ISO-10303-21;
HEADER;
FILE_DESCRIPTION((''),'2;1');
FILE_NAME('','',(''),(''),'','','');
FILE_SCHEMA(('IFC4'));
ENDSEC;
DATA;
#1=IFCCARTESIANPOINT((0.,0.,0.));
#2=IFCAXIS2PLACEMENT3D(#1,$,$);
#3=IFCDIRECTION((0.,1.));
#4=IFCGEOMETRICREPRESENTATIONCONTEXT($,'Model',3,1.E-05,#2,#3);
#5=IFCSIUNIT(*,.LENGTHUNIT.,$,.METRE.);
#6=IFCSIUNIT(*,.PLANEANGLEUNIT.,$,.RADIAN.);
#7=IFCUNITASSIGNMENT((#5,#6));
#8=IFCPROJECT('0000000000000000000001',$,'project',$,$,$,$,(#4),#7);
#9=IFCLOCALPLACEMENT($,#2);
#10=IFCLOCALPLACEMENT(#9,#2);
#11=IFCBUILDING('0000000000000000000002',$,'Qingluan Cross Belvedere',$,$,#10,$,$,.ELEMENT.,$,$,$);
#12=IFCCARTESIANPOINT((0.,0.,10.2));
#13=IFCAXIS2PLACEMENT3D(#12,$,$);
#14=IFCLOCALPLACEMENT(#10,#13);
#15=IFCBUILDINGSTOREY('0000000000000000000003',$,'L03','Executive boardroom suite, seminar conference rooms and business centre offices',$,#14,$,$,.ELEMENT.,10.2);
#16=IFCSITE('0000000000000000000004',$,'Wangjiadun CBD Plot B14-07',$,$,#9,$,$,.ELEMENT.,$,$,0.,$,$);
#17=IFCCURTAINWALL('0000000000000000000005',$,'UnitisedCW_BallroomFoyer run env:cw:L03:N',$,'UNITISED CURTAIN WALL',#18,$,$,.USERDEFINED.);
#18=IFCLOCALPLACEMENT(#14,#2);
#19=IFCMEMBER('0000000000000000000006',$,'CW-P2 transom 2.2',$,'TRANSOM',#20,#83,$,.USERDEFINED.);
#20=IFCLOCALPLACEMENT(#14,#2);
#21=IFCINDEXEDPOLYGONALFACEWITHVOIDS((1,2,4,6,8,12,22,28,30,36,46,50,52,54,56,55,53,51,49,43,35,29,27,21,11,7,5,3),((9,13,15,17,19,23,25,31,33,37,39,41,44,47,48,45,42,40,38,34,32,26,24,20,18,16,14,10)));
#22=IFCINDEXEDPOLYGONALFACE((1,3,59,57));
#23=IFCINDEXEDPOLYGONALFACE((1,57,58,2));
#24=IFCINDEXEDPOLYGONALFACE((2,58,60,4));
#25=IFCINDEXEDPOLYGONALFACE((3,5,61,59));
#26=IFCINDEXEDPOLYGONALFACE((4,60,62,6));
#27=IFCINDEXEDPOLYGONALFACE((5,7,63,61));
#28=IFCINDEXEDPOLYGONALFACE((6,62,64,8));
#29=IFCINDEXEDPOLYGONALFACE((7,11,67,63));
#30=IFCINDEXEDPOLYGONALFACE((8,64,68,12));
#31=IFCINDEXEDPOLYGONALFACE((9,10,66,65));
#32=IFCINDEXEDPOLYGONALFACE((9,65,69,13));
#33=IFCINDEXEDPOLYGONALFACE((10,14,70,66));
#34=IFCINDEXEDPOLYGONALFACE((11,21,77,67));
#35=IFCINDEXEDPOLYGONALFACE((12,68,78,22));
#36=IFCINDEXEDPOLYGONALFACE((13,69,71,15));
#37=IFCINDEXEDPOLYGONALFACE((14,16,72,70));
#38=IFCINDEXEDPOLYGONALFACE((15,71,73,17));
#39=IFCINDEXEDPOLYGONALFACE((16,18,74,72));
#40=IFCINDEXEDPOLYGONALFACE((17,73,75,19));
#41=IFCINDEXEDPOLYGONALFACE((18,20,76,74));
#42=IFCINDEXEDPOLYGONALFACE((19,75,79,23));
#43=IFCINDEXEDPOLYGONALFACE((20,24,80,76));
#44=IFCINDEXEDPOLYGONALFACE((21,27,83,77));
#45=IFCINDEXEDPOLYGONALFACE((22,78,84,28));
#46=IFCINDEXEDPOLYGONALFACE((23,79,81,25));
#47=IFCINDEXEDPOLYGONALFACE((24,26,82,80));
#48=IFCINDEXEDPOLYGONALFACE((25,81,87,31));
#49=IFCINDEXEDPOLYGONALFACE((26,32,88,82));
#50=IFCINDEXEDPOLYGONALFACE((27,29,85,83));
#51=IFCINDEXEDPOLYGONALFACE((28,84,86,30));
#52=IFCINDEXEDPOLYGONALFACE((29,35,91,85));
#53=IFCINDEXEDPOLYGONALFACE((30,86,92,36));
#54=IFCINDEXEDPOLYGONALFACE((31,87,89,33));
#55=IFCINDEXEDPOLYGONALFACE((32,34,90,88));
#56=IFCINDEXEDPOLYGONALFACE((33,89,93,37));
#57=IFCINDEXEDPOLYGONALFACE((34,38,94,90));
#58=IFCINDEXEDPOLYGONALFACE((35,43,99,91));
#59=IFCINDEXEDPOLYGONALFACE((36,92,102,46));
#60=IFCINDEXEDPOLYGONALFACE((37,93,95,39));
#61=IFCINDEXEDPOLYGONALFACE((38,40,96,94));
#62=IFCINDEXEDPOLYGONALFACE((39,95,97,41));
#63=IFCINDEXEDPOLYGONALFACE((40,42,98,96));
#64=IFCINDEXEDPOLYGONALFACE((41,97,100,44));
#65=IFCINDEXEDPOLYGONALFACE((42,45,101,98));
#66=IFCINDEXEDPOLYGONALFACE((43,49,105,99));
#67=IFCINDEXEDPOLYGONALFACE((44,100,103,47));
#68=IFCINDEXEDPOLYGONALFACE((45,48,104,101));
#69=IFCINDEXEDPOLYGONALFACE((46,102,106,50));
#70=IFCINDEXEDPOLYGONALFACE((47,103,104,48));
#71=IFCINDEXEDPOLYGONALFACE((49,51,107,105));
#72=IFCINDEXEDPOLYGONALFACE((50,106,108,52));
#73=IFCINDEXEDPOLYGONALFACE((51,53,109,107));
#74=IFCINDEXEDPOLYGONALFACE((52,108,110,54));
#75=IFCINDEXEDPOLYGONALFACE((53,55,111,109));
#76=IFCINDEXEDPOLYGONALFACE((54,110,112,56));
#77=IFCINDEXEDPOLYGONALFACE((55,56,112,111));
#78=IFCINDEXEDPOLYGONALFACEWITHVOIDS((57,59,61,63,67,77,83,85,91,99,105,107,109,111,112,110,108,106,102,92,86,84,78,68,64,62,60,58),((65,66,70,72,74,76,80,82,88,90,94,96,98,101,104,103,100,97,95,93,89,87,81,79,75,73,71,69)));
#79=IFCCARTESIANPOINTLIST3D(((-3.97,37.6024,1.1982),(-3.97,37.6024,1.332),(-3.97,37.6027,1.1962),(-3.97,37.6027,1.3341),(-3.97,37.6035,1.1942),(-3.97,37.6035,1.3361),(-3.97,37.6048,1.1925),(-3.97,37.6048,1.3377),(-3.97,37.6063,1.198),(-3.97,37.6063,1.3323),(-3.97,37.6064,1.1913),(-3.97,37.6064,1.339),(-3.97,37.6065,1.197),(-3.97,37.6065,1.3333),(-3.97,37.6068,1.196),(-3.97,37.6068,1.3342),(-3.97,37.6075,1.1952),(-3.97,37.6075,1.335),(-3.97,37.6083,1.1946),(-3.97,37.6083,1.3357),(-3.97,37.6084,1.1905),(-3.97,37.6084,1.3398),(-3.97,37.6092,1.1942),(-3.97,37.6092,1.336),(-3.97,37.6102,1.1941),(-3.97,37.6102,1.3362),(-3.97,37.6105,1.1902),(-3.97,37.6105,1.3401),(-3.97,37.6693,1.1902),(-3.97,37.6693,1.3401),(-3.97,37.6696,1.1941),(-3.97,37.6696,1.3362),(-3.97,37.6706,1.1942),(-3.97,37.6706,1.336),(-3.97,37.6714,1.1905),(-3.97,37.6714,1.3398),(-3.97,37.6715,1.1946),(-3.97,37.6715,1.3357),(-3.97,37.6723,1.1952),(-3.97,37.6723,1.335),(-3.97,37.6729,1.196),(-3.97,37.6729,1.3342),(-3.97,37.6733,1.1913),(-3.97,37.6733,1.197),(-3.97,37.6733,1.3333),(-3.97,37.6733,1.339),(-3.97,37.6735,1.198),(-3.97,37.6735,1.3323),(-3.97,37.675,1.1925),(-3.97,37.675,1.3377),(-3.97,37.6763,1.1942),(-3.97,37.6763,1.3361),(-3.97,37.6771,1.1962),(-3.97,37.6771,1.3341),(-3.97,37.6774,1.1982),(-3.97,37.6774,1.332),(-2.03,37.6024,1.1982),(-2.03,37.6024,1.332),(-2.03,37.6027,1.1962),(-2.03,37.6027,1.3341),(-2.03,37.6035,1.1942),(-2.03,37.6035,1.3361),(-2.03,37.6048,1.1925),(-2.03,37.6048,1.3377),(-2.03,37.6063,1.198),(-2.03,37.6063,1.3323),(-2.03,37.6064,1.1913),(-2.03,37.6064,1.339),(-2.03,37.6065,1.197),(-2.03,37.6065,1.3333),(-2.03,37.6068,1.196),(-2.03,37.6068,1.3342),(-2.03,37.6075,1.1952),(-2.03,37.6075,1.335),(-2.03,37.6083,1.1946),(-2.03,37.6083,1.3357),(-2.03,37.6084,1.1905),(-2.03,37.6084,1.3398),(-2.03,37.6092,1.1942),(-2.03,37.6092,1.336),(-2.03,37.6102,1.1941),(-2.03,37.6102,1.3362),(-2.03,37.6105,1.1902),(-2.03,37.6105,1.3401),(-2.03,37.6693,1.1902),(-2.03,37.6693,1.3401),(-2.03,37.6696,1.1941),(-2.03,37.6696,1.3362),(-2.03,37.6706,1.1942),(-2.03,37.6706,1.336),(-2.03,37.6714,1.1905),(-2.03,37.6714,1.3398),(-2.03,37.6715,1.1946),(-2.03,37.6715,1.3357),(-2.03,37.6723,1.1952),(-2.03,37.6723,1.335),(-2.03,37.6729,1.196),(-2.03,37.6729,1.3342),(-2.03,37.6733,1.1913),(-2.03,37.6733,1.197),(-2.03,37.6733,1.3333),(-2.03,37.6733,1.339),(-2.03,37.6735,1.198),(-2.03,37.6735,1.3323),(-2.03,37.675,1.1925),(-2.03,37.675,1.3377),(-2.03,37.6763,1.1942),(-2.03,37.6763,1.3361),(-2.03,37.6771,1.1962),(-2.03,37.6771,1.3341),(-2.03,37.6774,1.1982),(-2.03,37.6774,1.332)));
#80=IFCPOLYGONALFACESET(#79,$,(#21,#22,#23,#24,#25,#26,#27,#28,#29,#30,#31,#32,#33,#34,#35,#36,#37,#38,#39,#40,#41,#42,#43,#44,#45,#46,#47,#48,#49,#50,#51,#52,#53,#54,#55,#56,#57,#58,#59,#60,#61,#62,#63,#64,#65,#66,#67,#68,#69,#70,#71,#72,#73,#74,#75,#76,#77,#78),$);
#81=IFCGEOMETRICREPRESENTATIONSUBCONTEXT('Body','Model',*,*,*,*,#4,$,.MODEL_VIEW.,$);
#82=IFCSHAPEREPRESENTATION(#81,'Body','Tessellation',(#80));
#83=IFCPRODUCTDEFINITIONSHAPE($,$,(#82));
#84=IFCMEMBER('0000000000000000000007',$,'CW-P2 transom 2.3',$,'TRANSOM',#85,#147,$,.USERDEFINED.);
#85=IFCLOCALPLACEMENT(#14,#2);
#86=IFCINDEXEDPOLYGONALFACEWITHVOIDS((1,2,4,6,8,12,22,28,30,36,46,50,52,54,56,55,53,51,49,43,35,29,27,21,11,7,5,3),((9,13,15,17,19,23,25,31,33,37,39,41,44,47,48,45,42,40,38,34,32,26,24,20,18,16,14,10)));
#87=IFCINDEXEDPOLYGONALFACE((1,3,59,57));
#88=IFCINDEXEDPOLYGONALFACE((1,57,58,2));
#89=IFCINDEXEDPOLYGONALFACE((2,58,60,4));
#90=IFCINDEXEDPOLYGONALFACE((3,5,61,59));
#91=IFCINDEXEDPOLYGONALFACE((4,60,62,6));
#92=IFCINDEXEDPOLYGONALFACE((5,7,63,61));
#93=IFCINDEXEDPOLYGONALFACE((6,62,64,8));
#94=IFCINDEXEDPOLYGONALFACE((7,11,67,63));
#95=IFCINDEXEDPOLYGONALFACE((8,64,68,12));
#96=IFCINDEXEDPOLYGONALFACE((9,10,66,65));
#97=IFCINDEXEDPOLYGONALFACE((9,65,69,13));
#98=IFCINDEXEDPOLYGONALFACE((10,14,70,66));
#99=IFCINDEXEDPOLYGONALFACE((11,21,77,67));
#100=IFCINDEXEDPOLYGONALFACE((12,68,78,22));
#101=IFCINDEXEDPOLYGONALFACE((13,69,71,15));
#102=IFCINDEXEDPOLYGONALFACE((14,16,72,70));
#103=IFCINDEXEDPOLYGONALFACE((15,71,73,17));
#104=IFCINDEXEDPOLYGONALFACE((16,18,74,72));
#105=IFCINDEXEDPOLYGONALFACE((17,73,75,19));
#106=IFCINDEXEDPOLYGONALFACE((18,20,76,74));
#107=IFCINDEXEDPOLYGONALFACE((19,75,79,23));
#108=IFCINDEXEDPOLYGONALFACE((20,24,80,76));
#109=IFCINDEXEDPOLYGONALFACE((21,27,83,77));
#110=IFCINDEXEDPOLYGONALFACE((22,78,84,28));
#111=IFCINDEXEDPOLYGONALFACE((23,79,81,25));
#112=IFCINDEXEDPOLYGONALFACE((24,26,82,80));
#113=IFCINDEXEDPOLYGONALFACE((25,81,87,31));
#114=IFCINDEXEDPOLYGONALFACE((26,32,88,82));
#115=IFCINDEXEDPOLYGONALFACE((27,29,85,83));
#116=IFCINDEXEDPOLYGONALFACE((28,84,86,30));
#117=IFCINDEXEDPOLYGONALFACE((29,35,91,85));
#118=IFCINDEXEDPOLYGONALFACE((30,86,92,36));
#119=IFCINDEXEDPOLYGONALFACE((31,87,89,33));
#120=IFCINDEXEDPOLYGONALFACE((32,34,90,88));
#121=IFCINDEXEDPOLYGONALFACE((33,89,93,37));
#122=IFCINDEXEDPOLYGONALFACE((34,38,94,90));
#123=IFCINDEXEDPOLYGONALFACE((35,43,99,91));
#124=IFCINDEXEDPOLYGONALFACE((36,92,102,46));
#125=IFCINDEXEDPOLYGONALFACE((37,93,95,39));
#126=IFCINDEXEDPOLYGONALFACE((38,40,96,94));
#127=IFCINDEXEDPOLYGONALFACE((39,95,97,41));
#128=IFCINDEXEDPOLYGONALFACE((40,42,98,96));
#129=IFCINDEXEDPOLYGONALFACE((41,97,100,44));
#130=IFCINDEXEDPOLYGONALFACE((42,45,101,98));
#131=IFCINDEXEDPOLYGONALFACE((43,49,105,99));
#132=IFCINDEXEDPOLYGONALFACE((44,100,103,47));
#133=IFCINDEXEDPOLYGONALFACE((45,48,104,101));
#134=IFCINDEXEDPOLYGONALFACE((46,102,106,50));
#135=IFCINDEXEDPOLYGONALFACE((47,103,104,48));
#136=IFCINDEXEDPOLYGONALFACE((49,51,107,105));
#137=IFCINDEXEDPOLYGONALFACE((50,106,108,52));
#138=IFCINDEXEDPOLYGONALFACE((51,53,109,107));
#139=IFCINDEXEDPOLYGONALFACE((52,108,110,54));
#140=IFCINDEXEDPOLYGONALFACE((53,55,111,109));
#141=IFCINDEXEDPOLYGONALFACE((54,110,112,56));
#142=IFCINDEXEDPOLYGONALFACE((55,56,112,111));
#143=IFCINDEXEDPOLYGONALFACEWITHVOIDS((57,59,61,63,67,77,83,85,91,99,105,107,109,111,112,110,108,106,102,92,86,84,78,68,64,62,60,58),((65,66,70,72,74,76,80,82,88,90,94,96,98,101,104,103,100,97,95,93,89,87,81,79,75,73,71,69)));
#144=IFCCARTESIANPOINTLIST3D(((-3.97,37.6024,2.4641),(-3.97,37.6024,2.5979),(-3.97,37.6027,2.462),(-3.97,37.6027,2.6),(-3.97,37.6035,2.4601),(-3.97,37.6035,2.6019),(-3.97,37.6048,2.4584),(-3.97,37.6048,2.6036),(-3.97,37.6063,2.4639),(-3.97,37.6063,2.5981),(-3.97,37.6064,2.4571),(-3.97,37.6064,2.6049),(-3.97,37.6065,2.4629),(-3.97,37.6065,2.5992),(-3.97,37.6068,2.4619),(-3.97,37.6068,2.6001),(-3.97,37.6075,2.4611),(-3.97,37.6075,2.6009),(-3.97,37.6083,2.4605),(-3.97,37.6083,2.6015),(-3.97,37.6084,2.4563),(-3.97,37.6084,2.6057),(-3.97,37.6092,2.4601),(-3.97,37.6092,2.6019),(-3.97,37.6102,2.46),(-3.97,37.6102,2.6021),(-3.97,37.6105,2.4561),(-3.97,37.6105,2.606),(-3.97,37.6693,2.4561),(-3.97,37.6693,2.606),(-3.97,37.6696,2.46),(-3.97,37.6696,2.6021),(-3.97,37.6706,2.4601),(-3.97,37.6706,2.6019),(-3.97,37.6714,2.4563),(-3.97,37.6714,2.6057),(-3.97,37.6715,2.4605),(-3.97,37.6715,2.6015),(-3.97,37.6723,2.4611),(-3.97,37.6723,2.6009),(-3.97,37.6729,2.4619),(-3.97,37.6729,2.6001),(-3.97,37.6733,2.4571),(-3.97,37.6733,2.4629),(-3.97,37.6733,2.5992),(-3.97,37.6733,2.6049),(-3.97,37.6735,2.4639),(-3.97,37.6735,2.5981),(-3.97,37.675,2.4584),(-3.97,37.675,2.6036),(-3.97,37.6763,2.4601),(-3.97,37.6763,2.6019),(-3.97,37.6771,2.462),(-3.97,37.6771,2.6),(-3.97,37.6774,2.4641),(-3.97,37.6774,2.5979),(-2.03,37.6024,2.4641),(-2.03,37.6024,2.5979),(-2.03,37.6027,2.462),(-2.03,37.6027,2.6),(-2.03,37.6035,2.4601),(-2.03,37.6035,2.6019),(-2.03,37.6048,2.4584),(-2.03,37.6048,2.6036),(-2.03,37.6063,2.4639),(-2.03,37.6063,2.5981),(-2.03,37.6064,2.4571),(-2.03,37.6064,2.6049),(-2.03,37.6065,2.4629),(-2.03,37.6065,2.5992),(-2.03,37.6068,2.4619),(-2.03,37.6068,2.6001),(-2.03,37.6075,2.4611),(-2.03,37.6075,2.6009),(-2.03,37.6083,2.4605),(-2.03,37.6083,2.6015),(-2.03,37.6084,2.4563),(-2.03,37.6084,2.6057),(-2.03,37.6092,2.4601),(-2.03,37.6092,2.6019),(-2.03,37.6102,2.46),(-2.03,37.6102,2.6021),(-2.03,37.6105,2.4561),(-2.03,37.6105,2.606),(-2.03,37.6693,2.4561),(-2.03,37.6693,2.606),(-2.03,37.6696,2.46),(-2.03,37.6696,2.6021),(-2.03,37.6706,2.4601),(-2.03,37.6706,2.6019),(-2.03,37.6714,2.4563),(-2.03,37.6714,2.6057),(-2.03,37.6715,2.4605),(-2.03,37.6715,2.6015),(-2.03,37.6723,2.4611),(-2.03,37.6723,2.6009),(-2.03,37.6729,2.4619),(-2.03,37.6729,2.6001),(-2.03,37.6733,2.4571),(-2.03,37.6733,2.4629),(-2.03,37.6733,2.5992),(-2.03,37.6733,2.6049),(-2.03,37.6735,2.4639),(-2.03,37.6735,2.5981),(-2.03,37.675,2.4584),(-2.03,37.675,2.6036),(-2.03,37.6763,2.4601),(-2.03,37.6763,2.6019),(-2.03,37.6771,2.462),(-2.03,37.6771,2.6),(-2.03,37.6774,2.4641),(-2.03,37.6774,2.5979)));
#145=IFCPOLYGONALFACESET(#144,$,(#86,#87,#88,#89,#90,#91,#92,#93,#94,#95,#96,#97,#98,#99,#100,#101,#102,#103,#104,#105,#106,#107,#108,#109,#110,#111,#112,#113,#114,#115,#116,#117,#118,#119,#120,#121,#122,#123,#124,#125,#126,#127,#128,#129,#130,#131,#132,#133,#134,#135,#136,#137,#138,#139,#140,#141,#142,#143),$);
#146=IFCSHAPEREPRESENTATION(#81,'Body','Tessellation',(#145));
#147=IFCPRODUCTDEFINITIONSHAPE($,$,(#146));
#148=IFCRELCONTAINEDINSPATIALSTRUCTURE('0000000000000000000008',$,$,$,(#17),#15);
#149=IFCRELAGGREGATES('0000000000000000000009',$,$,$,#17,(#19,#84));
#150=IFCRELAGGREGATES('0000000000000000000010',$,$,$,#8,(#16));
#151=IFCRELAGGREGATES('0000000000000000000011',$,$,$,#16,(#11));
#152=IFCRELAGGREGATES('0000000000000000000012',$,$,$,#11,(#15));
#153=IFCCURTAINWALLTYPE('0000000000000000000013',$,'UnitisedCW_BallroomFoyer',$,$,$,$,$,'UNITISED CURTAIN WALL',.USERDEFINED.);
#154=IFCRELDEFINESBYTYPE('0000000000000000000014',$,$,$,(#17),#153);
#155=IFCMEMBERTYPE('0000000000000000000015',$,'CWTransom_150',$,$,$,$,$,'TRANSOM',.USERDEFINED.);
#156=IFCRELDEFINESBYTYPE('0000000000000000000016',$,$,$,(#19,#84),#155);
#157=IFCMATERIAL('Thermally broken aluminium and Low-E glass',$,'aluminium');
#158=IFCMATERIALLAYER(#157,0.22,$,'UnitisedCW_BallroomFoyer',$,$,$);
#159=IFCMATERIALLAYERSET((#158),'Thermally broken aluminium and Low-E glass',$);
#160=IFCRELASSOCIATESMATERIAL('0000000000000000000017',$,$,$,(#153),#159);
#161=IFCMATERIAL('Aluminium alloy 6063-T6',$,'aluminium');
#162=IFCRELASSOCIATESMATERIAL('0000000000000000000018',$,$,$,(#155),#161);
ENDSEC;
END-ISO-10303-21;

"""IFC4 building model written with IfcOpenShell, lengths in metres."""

from ifc_helpers import new_model, si_unit, direction, frame, origin, origin_2d, place, context, subcontext, project, spatial, hollow_rectangle, extrude, material, layer, layer_set, material_profile, profile_set, type_object, element, aggregate, save


model = new_model("IFC4")

# Units and contexts
model_context = context("Model", 3, precision=1e-05, world=origin(), true_north=direction((0.0, 1.0)))
body_context = subcontext(model_context, "Body", "Model", "MODEL_VIEW")
ifc_project = project(units=[si_unit("LENGTHUNIT", "METRE"), si_unit("PLANEANGLEUNIT", "RADIAN")], contexts=[model_context])

# Site, building, storey
site_placement = place(None, origin())
site = spatial("IfcSite", under=ifc_project, at=site_placement, Name="Wangjiadun CBD Plot B14-07", CompositionType="ELEMENT", RefElevation=0.0)
building_placement = place(site_placement, origin())
building = spatial("IfcBuilding", under=site, at=building_placement, Name="Qingluan Cross Belvedere", CompositionType="ELEMENT")
storey_placement = place(building_placement, frame((0.0, 0.0, 10.2)))
storey = spatial("IfcBuildingStorey", under=building, at=storey_placement, Name="L03", Description="Executive boardroom suite, seminar conference rooms and business centre offices", CompositionType="ELEMENT", Elevation=10.2)

# Curtain wall, members
ifc_material_1 = material(Name="Thermally broken aluminium and Low-E glass", Category="aluminium")
ifc_layer_1 = layer(ifc_material_1, 0.22, Name="UnitisedCW_BallroomFoyer")
ifc_layer_set_1 = layer_set([ifc_layer_1], Name="Thermally broken aluminium and Low-E glass")
curtain_wall_type = type_object("IfcCurtainWallType", Name="UnitisedCW_BallroomFoyer", ElementType="UNITISED CURTAIN WALL", PredefinedType="USERDEFINED", material=ifc_layer_set_1)
curtain_wall_placement = place(storey_placement, origin())
curtain_wall = element("IfcCurtainWall", 1, at=curtain_wall_placement, inside=storey, type_object=curtain_wall_type, Name="UnitisedCW_BallroomFoyer run env:cw:L03:N", ObjectType="UNITISED CURTAIN WALL", PredefinedType="USERDEFINED")
ifc_material_2 = material(Name="Aluminium alloy 6063-T6", Category="aluminium")
ifc_material_profile_1 = material_profile(ifc_material_2, hollow_rectangle(XDim=0.075, YDim=0.1499, WallThickness=0.0039, InnerFilletRadius=0.0039, OuterFilletRadius=0.0081, at=origin_2d()), Name="CWT150x75x4")
ifc_profile_set_1 = profile_set([ifc_material_profile_1], Name="Aluminium alloy 6063-T6")
member_type_1 = type_object("IfcMemberType", Name="CWTransom_150", ElementType="TRANSOM", PredefinedType="USERDEFINED", material=ifc_profile_set_1)
member_1_placement = place(storey_placement, frame((-3.97, 37.6399, 1.2651), z_axis=(1.0, 0.0, 0.0), x_axis=(0.0, 1.0, 0.0)))
member_1 = element("IfcMember", 2, at=member_1_placement, type_object=member_type_1, Name="CW-P2 transom 2.2", ObjectType="TRANSOM", PredefinedType="USERDEFINED", context=body_context, shape_type="SweptSolid", body=[
    extrude(hollow_rectangle(XDim=0.075, YDim=0.1499, WallThickness=0.0039, InnerFilletRadius=0.0039, OuterFilletRadius=0.0081, at=origin_2d()), origin(), (0.0, 0.0, 1.0), 1.9399),
])
member_2_placement = place(storey_placement, frame((-3.97, 37.6399, 2.531), z_axis=(1.0, 0.0, 0.0), x_axis=(0.0, 1.0, 0.0)))
member_2 = element("IfcMember", 3, at=member_2_placement, type_object=member_type_1, Name="CW-P2 transom 2.3", ObjectType="TRANSOM", PredefinedType="USERDEFINED", context=body_context, shape_type="SweptSolid", body=[
    extrude(hollow_rectangle(XDim=0.075, YDim=0.1499, WallThickness=0.0039, InnerFilletRadius=0.0039, OuterFilletRadius=0.0081, at=origin_2d()), origin(), (0.0, 0.0, 1.0), 1.9399),
])

aggregate(curtain_wall, [member_1, member_2])

save(model, "model.ifc")
